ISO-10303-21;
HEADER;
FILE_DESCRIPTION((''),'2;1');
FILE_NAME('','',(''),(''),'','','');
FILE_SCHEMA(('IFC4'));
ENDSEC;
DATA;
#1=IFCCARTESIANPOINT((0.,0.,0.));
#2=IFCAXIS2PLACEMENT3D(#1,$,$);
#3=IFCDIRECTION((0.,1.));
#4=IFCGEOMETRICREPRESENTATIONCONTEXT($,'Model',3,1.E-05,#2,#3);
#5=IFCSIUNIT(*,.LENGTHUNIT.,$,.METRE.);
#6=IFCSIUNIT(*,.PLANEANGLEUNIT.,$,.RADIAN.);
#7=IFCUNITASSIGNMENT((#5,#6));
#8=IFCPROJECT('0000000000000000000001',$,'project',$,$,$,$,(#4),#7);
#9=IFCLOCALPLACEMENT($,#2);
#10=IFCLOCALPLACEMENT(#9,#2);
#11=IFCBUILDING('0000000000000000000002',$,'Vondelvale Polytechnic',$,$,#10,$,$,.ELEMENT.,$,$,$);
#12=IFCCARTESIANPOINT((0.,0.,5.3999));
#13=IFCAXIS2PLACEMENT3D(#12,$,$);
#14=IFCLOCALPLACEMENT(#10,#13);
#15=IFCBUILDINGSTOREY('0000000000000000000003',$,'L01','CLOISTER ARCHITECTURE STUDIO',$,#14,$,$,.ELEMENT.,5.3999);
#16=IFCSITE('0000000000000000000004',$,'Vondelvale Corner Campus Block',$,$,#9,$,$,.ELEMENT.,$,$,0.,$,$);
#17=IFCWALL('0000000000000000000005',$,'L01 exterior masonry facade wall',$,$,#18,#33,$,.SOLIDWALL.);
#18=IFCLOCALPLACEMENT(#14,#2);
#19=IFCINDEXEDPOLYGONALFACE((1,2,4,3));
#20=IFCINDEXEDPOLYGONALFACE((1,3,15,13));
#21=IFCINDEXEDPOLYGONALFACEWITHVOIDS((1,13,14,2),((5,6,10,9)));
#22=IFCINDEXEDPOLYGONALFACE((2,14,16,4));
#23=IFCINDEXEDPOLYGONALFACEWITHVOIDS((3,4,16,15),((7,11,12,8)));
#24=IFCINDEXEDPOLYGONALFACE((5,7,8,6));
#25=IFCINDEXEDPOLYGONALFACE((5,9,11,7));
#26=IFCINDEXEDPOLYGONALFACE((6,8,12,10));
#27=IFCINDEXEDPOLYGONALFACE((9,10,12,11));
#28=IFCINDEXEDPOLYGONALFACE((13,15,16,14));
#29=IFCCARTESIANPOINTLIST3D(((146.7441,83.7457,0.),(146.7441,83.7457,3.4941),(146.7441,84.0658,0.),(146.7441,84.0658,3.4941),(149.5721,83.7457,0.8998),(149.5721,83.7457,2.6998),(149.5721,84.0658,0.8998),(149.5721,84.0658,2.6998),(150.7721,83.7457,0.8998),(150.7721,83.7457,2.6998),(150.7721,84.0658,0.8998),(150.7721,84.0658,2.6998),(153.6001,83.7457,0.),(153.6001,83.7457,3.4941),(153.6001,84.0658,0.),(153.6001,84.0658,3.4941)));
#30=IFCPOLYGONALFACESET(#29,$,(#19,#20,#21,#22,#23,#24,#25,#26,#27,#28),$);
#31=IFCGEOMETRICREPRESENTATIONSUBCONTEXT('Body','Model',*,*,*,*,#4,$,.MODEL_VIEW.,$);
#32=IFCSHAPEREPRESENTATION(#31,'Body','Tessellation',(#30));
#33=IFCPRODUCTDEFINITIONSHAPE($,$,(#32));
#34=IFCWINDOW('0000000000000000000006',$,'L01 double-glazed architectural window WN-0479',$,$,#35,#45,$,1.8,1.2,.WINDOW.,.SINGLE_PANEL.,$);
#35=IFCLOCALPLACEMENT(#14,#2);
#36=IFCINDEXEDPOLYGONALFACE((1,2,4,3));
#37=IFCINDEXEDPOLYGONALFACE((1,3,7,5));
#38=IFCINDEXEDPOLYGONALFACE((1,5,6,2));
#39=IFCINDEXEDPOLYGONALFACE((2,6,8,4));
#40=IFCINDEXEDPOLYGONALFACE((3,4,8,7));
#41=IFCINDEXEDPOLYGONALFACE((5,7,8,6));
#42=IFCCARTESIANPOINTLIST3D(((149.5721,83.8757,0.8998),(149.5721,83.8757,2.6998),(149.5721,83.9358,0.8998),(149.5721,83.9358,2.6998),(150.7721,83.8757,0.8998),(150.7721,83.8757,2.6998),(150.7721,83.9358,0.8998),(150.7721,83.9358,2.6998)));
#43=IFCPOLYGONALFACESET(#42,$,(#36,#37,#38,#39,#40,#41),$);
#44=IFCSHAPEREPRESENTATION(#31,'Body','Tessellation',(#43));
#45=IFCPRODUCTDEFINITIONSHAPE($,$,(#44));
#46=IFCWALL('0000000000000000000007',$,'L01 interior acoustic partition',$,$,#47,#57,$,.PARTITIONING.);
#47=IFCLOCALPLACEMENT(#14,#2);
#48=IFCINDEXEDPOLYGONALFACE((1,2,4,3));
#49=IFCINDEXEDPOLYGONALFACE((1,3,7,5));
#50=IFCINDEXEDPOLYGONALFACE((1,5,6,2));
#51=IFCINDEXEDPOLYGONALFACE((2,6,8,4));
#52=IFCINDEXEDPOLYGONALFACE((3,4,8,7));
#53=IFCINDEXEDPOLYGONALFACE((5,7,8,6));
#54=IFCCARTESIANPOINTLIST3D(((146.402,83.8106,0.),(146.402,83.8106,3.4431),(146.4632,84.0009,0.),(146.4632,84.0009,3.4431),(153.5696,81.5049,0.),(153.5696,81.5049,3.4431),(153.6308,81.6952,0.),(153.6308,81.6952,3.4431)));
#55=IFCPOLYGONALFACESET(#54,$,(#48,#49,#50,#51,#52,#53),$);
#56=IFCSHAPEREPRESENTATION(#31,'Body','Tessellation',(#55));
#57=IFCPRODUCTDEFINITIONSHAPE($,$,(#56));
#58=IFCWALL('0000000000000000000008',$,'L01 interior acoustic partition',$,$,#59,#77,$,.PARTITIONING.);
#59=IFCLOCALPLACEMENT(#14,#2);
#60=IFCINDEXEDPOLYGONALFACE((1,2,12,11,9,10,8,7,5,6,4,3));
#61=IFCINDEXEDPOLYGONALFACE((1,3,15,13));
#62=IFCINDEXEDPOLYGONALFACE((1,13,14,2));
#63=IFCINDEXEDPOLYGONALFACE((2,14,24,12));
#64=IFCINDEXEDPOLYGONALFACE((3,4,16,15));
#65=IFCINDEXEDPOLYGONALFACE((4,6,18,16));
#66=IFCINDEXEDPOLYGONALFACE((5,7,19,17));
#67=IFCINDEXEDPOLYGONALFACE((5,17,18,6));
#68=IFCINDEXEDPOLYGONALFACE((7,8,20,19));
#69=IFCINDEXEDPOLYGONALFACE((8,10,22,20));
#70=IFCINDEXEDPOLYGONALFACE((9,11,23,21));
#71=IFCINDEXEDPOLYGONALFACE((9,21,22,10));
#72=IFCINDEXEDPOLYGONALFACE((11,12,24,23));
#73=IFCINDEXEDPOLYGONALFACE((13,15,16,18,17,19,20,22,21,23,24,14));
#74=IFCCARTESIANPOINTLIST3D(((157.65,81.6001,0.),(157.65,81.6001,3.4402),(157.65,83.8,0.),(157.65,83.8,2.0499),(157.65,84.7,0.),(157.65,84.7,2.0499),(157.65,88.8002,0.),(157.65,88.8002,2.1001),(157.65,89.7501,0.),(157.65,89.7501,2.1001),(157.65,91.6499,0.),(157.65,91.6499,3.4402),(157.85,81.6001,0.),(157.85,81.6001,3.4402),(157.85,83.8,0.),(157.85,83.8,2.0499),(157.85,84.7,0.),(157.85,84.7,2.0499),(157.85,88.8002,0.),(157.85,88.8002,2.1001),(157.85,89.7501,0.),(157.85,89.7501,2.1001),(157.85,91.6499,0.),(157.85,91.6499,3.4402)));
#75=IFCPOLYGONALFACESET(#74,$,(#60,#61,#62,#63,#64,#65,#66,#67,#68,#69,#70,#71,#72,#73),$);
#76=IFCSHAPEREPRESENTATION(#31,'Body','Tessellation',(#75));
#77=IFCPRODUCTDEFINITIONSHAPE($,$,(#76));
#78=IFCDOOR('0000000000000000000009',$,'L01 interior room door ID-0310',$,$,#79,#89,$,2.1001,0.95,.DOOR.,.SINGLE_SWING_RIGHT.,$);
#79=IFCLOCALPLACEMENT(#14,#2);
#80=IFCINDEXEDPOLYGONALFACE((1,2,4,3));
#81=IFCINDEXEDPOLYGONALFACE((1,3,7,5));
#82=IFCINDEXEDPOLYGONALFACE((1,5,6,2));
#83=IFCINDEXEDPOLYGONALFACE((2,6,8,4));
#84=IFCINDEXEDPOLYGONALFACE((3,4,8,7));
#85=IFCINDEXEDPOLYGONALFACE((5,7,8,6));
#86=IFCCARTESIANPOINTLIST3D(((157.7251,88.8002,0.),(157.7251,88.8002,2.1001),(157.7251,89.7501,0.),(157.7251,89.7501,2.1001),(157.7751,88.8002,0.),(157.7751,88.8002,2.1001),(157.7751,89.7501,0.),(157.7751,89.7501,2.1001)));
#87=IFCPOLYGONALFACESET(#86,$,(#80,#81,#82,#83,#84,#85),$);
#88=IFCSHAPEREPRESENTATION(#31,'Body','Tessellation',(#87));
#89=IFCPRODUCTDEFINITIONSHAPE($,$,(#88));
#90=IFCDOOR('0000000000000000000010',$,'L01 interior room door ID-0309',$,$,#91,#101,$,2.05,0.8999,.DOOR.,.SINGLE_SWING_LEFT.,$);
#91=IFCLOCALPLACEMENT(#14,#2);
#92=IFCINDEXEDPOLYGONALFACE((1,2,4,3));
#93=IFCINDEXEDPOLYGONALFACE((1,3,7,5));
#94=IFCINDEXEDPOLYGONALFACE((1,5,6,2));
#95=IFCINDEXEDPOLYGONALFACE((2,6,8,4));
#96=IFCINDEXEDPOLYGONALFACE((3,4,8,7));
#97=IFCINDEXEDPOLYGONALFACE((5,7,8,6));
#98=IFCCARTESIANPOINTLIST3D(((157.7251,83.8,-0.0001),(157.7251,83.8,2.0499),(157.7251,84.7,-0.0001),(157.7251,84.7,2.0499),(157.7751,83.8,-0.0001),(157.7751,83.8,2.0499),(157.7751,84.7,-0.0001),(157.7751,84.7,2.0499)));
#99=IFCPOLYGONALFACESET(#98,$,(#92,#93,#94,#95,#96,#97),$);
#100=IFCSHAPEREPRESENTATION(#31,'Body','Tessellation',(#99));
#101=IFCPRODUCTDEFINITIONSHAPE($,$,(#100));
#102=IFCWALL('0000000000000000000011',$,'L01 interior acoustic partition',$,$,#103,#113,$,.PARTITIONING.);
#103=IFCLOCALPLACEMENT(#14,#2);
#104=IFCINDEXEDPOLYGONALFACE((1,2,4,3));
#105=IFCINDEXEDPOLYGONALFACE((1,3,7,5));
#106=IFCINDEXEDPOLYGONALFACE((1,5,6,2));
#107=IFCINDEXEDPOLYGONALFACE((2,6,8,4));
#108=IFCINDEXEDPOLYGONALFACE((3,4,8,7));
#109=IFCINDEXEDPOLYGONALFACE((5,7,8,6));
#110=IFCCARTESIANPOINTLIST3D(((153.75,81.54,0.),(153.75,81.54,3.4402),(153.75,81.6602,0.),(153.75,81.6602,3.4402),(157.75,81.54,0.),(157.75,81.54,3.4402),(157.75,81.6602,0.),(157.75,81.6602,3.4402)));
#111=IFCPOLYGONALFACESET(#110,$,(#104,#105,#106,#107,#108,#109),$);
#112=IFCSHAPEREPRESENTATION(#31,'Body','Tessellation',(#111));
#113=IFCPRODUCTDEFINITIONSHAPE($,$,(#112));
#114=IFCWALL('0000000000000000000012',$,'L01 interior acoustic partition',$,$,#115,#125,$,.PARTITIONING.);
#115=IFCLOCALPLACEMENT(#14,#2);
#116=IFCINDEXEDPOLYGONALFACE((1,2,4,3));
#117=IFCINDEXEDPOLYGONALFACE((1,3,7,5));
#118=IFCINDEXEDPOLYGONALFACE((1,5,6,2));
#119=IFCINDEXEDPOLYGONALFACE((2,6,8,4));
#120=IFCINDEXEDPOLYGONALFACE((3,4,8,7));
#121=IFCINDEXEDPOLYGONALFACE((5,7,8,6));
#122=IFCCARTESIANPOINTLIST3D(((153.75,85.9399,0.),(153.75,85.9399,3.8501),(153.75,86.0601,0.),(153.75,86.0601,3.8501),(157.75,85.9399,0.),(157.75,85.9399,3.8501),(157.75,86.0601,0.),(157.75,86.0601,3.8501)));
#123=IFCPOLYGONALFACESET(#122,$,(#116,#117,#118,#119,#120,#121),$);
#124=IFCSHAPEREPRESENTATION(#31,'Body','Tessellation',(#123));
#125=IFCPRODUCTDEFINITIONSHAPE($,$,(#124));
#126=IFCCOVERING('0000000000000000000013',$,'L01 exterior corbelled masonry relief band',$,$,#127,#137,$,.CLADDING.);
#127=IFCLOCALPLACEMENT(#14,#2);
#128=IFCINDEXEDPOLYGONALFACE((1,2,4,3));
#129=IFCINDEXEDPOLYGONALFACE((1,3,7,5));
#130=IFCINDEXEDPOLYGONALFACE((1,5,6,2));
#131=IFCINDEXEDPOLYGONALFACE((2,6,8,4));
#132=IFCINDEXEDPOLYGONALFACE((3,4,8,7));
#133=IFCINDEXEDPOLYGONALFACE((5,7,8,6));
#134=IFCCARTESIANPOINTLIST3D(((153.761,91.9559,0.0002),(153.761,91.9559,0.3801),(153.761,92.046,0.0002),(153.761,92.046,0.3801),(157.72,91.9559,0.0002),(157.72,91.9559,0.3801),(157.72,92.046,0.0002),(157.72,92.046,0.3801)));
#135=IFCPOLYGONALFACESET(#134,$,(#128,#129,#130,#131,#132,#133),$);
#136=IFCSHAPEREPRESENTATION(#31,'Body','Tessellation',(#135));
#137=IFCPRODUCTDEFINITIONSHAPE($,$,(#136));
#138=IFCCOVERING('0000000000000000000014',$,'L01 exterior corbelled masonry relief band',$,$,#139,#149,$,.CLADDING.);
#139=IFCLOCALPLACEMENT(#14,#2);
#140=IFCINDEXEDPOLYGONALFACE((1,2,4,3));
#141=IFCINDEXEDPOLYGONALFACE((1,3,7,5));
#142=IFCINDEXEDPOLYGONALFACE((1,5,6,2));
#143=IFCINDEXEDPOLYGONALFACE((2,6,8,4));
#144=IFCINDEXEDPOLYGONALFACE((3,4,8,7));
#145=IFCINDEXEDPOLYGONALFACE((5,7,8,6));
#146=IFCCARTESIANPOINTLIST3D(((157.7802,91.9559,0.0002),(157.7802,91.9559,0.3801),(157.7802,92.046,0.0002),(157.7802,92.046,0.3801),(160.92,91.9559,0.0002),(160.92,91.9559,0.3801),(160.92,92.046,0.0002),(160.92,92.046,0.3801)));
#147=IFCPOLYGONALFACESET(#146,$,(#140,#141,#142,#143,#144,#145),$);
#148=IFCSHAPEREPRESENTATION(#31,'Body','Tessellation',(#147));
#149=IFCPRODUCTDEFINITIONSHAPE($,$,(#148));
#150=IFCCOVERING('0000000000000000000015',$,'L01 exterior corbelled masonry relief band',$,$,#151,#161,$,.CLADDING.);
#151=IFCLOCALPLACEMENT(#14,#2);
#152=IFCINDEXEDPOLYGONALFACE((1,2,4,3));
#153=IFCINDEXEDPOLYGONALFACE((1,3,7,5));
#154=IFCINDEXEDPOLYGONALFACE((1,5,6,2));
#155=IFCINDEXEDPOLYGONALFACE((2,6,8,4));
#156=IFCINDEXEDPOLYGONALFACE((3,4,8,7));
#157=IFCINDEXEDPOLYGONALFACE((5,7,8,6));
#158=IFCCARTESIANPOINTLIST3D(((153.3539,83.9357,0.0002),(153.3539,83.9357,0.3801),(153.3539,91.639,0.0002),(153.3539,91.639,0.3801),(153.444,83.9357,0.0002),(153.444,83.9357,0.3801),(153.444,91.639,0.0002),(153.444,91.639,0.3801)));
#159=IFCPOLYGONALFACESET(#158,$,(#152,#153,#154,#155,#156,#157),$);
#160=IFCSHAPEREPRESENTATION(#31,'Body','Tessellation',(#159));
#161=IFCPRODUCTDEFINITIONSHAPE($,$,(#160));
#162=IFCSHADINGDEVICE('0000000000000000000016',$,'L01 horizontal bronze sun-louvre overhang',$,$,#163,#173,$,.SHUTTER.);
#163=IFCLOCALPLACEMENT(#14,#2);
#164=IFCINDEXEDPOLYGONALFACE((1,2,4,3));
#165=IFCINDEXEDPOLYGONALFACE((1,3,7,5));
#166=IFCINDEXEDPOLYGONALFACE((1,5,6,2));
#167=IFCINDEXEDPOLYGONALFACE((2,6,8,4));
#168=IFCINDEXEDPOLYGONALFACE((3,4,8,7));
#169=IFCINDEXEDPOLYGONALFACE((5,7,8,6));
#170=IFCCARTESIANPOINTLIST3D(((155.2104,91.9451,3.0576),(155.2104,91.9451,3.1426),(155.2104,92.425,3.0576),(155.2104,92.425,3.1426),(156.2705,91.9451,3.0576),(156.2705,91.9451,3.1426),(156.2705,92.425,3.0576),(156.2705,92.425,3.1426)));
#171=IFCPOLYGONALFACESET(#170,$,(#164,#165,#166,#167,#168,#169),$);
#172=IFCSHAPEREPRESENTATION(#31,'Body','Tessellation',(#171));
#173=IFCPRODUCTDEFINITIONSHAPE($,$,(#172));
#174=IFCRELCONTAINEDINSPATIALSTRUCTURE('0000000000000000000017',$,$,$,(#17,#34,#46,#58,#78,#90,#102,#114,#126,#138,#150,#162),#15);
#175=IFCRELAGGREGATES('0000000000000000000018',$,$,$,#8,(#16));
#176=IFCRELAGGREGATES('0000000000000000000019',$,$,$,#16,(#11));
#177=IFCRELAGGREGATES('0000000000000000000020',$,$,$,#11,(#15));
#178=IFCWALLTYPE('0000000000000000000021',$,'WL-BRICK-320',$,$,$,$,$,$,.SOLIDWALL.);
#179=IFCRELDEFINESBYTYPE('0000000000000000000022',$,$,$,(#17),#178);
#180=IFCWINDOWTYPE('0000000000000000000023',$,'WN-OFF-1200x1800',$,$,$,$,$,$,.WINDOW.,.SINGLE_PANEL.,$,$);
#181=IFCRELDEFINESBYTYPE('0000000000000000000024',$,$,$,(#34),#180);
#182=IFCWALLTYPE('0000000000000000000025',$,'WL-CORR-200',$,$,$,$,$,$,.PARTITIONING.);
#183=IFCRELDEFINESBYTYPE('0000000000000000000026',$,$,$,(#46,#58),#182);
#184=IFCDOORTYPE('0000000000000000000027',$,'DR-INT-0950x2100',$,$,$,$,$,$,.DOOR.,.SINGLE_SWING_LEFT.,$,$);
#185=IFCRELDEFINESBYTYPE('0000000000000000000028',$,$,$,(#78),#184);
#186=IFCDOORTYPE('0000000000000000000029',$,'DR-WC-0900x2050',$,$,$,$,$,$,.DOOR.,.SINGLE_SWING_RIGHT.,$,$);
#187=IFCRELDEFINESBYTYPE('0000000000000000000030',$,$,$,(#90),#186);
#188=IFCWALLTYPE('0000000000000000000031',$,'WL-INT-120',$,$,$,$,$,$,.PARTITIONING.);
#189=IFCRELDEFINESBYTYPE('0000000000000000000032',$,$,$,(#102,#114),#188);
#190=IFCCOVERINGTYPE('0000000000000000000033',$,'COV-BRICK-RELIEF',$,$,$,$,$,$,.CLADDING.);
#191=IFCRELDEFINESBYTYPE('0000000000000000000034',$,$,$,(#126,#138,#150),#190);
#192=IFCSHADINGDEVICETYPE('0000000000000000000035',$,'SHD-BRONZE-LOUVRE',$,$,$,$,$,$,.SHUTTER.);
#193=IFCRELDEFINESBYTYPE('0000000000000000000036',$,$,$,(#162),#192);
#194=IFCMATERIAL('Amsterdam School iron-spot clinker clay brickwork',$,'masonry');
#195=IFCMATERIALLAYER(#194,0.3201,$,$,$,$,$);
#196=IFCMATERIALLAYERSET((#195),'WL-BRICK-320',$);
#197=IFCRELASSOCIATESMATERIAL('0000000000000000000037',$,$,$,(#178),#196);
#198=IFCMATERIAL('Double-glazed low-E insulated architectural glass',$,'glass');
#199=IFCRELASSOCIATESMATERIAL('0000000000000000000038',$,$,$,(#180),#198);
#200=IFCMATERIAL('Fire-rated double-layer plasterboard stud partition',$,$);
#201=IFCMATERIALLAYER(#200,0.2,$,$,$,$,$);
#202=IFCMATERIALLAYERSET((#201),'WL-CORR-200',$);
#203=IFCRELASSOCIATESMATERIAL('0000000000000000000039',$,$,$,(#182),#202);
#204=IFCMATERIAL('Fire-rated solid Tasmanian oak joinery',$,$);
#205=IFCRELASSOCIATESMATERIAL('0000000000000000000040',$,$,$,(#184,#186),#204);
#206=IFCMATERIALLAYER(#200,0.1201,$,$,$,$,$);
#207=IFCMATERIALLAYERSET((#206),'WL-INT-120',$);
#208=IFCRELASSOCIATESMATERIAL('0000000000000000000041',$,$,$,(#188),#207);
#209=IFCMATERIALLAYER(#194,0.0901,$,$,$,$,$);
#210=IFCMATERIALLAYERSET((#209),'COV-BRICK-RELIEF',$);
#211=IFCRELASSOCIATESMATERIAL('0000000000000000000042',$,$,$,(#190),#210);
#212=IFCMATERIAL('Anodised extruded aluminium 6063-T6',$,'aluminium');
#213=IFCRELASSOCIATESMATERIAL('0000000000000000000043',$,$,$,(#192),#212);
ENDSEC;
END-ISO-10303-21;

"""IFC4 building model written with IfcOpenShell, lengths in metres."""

from ifc_helpers import new_model, si_unit, direction, frame, frame_2d, origin, origin_2d, place, context, subcontext, project, spatial, rectangle, extrude, material, layer, layer_set, type_object, element, fill, save


model = new_model("IFC4")

# Units and contexts
model_context = context("Model", 3, precision=1e-05, world=origin(), true_north=direction((0.0, 1.0)))
body_context = subcontext(model_context, "Body", "Model", "MODEL_VIEW")
ifc_project = project(units=[si_unit("LENGTHUNIT", "METRE"), si_unit("PLANEANGLEUNIT", "RADIAN")], contexts=[model_context])

# Site, building, storey
site_placement = place(None, origin())
site = spatial("IfcSite", under=ifc_project, at=site_placement, Name="Vondelvale Corner Campus Block", CompositionType="ELEMENT", RefElevation=0.0)
building_placement = place(site_placement, origin())
building = spatial("IfcBuilding", under=site, at=building_placement, Name="Vondelvale Polytechnic", CompositionType="ELEMENT")
storey_placement = place(building_placement, frame((0.0, 0.0, 5.3999)))
storey = spatial("IfcBuildingStorey", under=building, at=storey_placement, Name="L01", Description="CLOISTER ARCHITECTURE STUDIO", CompositionType="ELEMENT", Elevation=5.3999)

# Shared definitions
ifc_material_1 = material(Name="Anodised extruded aluminium 6063-T6", Category="aluminium")

# Shared definitions
ifc_material_2 = material(Name="Amsterdam School iron-spot clinker clay brickwork", Category="masonry")
ifc_layer_1 = layer(ifc_material_2, 0.3201)
ifc_layer_set_1 = layer_set([ifc_layer_1], Name="WL-BRICK-320")
wall_type_1 = type_object("IfcWallType", Name="WL-BRICK-320", PredefinedType="SOLIDWALL", material=ifc_layer_set_1)
ifc_material_3 = material(Name="Double-glazed low-E insulated architectural glass", Category="glass")

# Wall, opening, window
wall_1_placement = place(storey_placement, frame((146.7441, 83.9058, 0.0), z_axis=(0.0, 0.0, 1.0), x_axis=(1.0, 0.0, 0.0)))
wall_1 = element("IfcWall", 1, at=wall_1_placement, inside=storey, type_object=wall_type_1, Name="L01 exterior masonry facade wall", PredefinedType="SOLIDWALL", context=body_context, shape_type="SweptSolid", body=[
    extrude(rectangle(XDim=6.856, YDim=0.3201, at=frame_2d((3.428, 0.0))), origin(), (0.0, 0.0, 1.0), 3.4941),
])
opening_1_placement = place(wall_1_placement, frame((2.8279, 0.0, 0.8999)))
opening_1 = element("IfcOpeningElement", 2, at=opening_1_placement, cuts=wall_1, PredefinedType="OPENING", context=body_context, shape_type="SweptSolid", body=[
    extrude(rectangle(XDim=1.2, YDim=1.8, at=frame_2d((0.6001, 0.8999))), frame((0.0, 0.1699, 0.0), z_axis=(0.0, -1.0, 0.0), x_axis=(1.0, 0.0, 0.0)), (0.0, 0.0, 1.0), 0.3401),
])
window_type_1 = type_object("IfcWindowType", Name="WN-OFF-1200x1800", PartitioningType="SINGLE_PANEL", PredefinedType="WINDOW", material=ifc_material_3)
window_1_placement = place(opening_1_placement, origin())
window_1 = element("IfcWindow", 3, at=window_1_placement, inside=storey, type_object=window_type_1, Name="L01 double-glazed architectural window WN-0479", OverallHeight=1.8, OverallWidth=1.2, PartitioningType="SINGLE_PANEL", PredefinedType="WINDOW", context=body_context, shape_type="SweptSolid", body=[
    extrude(rectangle(XDim=1.2, YDim=1.8, at=frame_2d((0.6001, 0.8999))), frame((0.0, 0.03, 0.0), z_axis=(0.0, -1.0, 0.0), x_axis=(1.0, 0.0, 0.0)), (0.0, 0.0, 1.0), 0.0601),
])
fill(opening_1, window_1)

# Wall
ifc_material_4 = material(Name="Fire-rated double-layer plasterboard stud partition")
ifc_layer_2 = layer(ifc_material_4, 0.2)
ifc_layer_set_2 = layer_set([ifc_layer_2], Name="WL-CORR-200")
wall_type_2 = type_object("IfcWallType", Name="WL-CORR-200", PredefinedType="PARTITIONING", material=ifc_layer_set_2)
wall_2_placement = place(storey_placement, frame((146.4326, 83.9058, 0.0), z_axis=(0.0, 0.0, 1.0), x_axis=(0.951958, -0.30623, 0.0)))
element("IfcWall", 4, at=wall_2_placement, inside=storey, type_object=wall_type_2, Name="L01 interior acoustic partition", PredefinedType="PARTITIONING", context=body_context, shape_type="SweptSolid", body=[
    extrude(rectangle(XDim=7.5293, YDim=0.2, at=frame_2d((3.7646, 0.0))), origin(), (0.0, 0.0, 1.0), 3.4431),
])

# Wall, openings, doors
wall_3_placement = place(storey_placement, frame((157.75, 81.6001, 0.0), z_axis=(0.0, 0.0, 1.0), x_axis=(0.0, 1.0, 0.0)))
wall_3 = element("IfcWall", 5, at=wall_3_placement, inside=storey, type_object=wall_type_2, Name="L01 interior acoustic partition", PredefinedType="PARTITIONING", context=body_context, shape_type="SweptSolid", body=[
    extrude(rectangle(XDim=10.0498, YDim=0.2, at=frame_2d((5.0249, 0.0))), origin(), (0.0, 0.0, 1.0), 3.4402),
])
opening_2_placement = place(wall_3_placement, frame((2.2, 0.0, 0.0)))
opening_2 = element("IfcOpeningElement", 6, at=opening_2_placement, cuts=wall_3, PredefinedType="OPENING", context=body_context, shape_type="SweptSolid", body=[
    extrude(rectangle(XDim=0.8999, YDim=2.05, at=frame_2d((0.45, 1.0249))), frame((0.0, 0.1099, 0.0), z_axis=(0.0, -1.0, 0.0), x_axis=(1.0, 0.0, 0.0)), (0.0, 0.0, 1.0), 0.22),
])
opening_3_placement = place(wall_3_placement, frame((7.2, 0.0, 0.0)))
opening_3 = element("IfcOpeningElement", 7, at=opening_3_placement, cuts=wall_3, PredefinedType="OPENING", context=body_context, shape_type="SweptSolid", body=[
    extrude(rectangle(XDim=0.95, YDim=2.1001, at=frame_2d((0.4751, 1.05))), frame((0.0, 0.1099, 0.0), z_axis=(0.0, -1.0, 0.0), x_axis=(1.0, 0.0, 0.0)), (0.0, 0.0, 1.0), 0.22),
])
ifc_material_5 = material(Name="Fire-rated solid Tasmanian oak joinery")
door_type_1 = type_object("IfcDoorType", Name="DR-INT-0950x2100", OperationType="SINGLE_SWING_LEFT", PredefinedType="DOOR", material=ifc_material_5)
door_1_placement = place(opening_3_placement, origin())
door_1 = element("IfcDoor", 8, at=door_1_placement, inside=storey, type_object=door_type_1, Name="L01 interior room door ID-0310", OperationType="SINGLE_SWING_RIGHT", OverallHeight=2.1001, OverallWidth=0.95, PredefinedType="DOOR", context=body_context, shape_type="SweptSolid", body=[
    extrude(rectangle(XDim=0.95, YDim=2.1001, at=frame_2d((0.4751, 1.05))), frame((0.0, 0.0249, 0.0), z_axis=(0.0, -1.0, 0.0), x_axis=(1.0, 0.0, 0.0)), (0.0, 0.0, 1.0), 0.05),
])
fill(opening_3, door_1)
door_type_2 = type_object("IfcDoorType", Name="DR-WC-0900x2050", OperationType="SINGLE_SWING_RIGHT", PredefinedType="DOOR", material=ifc_material_5)
door_2_placement = place(opening_2_placement, origin())
door_2 = element("IfcDoor", 9, at=door_2_placement, inside=storey, type_object=door_type_2, Name="L01 interior room door ID-0309", OperationType="SINGLE_SWING_LEFT", OverallHeight=2.05, OverallWidth=0.8999, PredefinedType="DOOR", context=body_context, shape_type="SweptSolid", body=[
    extrude(rectangle(XDim=0.8999, YDim=2.05, at=frame_2d((0.45, 1.0249))), frame((0.0, 0.0249, 0.0), z_axis=(0.0, -1.0, 0.0), x_axis=(1.0, 0.0, 0.0)), (0.0, 0.0, 1.0), 0.05),
])
fill(opening_2, door_2)

# Walls
ifc_layer_3 = layer(ifc_material_4, 0.1201)
ifc_layer_set_3 = layer_set([ifc_layer_3], Name="WL-INT-120")
wall_type_3 = type_object("IfcWallType", Name="WL-INT-120", PredefinedType="PARTITIONING", material=ifc_layer_set_3)
wall_4_placement = place(storey_placement, frame((153.75, 81.6001, 0.0), z_axis=(0.0, 0.0, 1.0), x_axis=(1.0, 0.0, 0.0)))
element("IfcWall", 10, at=wall_4_placement, inside=storey, type_object=wall_type_3, Name="L01 interior acoustic partition", PredefinedType="PARTITIONING", context=body_context, shape_type="SweptSolid", body=[
    extrude(rectangle(XDim=4.0, YDim=0.1201, at=frame_2d((2.0, 0.0))), origin(), (0.0, 0.0, 1.0), 3.4402),
])
wall_5_placement = place(storey_placement, frame((153.75, 86.0, 0.0), z_axis=(0.0, 0.0, 1.0), x_axis=(1.0, 0.0, 0.0)))
element("IfcWall", 11, at=wall_5_placement, inside=storey, type_object=wall_type_3, Name="L01 interior acoustic partition", PredefinedType="PARTITIONING", context=body_context, shape_type="SweptSolid", body=[
    extrude(rectangle(XDim=4.0, YDim=0.1201, at=frame_2d((2.0, 0.0))), origin(), (0.0, 0.0, 1.0), 3.8501),
])

# Coverings
ifc_layer_4 = layer(ifc_material_2, 0.0901)
ifc_layer_set_4 = layer_set([ifc_layer_4], Name="COV-BRICK-RELIEF")
covering_type = type_object("IfcCoveringType", Name="COV-BRICK-RELIEF", PredefinedType="CLADDING", material=ifc_layer_set_4)
covering_1_placement = place(storey_placement, frame((155.7405, 92.001, 0.0002), z_axis=(0.0, 0.0, 1.0), x_axis=(1.0, 0.0, 0.0)))
element("IfcCovering", 12, at=covering_1_placement, inside=storey, type_object=covering_type, Name="L01 exterior corbelled masonry relief band", PredefinedType="CLADDING", context=body_context, shape_type="SweptSolid", body=[
    extrude(rectangle(XDim=3.959, YDim=0.0901, at=origin_2d()), origin(), (0.0, 0.0, 1.0), 0.3799),
])
covering_2_placement = place(storey_placement, frame((159.3501, 92.001, 0.0002), z_axis=(0.0, 0.0, 1.0), x_axis=(1.0, 0.0, 0.0)))
element("IfcCovering", 13, at=covering_2_placement, inside=storey, type_object=covering_type, Name="L01 exterior corbelled masonry relief band", PredefinedType="CLADDING", context=body_context, shape_type="SweptSolid", body=[
    extrude(rectangle(XDim=3.1399, YDim=0.0901, at=origin_2d()), origin(), (0.0, 0.0, 1.0), 0.3799),
])
covering_3_placement = place(storey_placement, frame((153.3989, 87.7874, 0.0002), z_axis=(0.0, 0.0, 1.0), x_axis=(0.0, 1.0, 0.0)))
element("IfcCovering", 14, at=covering_3_placement, inside=storey, type_object=covering_type, Name="L01 exterior corbelled masonry relief band", PredefinedType="CLADDING", context=body_context, shape_type="SweptSolid", body=[
    extrude(rectangle(XDim=7.7034, YDim=0.0901, at=origin_2d()), origin(), (0.0, 0.0, 1.0), 0.3799),
])

# Shading device
shading_device_type_1 = type_object("IfcShadingDeviceType", Name="SHD-BRONZE-LOUVRE", PredefinedType="SHUTTER", material=ifc_material_1)
for number, where, z_axis, x_axis, name in (
    (15, (155.7405, 92.1851, 3.0576), (0.0, 0.0, 1.0), (1.0, 0.0, 0.0), "L01 horizontal bronze sun-louvre overhang"),
):
    element("IfcShadingDevice", number, at=place(storey_placement, frame(where, z_axis=z_axis, x_axis=x_axis)), inside=storey, type_object=shading_device_type_1, Name=name, PredefinedType="SHUTTER", context=body_context, shape_type="SweptSolid", body=[
        extrude(rectangle(XDim=1.0601, YDim=0.48, at=origin_2d()), origin(), (0.0, 0.0, 1.0), 0.085),
    ])

save(model, "model.ifc")
